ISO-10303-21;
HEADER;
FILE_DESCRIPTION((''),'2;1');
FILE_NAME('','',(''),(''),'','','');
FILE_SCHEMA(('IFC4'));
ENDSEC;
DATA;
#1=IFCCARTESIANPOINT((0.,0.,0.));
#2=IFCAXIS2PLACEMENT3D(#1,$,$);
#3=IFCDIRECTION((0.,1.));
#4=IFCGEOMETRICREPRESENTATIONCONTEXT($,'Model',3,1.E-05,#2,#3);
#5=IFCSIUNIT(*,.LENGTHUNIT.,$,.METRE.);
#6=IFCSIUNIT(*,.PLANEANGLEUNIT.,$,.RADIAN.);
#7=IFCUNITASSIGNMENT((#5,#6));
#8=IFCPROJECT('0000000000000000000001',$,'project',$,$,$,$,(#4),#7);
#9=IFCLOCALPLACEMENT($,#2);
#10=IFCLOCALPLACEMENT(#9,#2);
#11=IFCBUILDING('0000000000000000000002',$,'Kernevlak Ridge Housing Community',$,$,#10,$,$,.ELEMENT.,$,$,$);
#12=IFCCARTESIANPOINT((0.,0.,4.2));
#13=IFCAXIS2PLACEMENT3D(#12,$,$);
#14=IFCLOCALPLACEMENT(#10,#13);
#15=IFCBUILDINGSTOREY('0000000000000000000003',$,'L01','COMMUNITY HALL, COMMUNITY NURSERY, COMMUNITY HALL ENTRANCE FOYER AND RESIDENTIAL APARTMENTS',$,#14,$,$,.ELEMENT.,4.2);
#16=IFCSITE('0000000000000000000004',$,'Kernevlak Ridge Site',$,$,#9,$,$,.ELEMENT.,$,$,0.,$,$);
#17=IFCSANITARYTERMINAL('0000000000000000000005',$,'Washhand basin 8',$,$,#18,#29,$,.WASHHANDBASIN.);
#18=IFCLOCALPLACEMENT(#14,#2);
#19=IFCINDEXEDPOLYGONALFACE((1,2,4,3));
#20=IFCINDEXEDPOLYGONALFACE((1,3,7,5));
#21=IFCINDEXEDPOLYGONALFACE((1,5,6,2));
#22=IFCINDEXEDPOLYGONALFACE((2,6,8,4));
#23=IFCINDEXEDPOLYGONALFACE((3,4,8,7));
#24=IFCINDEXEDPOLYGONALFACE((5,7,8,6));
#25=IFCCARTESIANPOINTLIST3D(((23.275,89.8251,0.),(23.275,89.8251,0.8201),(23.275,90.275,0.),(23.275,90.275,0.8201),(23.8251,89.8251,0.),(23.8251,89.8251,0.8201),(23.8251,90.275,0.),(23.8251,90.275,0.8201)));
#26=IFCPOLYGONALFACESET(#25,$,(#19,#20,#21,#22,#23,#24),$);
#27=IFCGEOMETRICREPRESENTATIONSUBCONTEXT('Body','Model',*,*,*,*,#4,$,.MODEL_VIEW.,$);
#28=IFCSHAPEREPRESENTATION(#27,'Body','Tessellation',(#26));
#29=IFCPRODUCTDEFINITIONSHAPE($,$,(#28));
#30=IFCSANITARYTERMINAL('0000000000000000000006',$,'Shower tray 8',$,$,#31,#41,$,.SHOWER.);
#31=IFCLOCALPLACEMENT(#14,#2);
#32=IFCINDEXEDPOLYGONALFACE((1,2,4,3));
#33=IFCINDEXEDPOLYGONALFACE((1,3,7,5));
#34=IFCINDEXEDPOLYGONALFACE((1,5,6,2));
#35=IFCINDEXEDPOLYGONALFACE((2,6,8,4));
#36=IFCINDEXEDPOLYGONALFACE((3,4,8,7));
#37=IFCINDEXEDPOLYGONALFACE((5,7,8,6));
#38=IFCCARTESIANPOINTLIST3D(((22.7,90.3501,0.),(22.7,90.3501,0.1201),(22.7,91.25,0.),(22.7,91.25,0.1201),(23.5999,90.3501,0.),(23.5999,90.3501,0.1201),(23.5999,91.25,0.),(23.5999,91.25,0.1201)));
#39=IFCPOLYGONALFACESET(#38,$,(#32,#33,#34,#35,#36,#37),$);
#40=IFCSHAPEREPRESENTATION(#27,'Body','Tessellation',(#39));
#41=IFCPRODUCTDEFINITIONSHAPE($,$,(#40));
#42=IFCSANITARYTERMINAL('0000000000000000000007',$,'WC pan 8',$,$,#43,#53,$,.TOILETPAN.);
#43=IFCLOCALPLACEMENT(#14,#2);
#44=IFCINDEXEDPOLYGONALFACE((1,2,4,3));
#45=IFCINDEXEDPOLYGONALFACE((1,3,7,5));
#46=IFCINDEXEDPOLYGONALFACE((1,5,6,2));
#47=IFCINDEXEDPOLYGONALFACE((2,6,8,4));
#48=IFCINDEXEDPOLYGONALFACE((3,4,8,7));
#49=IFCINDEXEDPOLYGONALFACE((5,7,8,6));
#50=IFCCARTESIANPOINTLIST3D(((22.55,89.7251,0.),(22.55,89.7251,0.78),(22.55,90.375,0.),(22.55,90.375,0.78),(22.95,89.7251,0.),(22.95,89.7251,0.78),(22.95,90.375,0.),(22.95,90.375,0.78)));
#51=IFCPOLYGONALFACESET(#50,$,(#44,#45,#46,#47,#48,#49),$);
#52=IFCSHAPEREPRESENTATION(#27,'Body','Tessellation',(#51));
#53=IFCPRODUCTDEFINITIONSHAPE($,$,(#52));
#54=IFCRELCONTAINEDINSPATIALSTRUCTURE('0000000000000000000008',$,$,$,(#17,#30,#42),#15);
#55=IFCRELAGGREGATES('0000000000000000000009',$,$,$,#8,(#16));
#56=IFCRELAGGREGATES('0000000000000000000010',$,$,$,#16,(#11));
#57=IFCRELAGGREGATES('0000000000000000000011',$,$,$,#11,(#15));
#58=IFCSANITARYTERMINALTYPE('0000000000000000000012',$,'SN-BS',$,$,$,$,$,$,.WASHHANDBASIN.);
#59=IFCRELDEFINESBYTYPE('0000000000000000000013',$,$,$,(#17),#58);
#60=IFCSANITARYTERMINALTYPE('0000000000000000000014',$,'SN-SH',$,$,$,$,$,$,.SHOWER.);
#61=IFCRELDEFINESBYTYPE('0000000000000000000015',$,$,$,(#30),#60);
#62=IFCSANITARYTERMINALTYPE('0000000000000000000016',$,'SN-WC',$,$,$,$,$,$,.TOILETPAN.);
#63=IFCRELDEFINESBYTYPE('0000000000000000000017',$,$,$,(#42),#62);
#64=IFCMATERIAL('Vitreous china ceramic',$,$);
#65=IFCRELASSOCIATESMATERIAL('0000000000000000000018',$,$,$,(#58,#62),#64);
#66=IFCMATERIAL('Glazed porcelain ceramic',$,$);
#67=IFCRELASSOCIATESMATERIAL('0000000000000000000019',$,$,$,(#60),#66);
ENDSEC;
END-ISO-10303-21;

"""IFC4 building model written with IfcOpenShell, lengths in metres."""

from ifc_helpers import new_model, si_unit, direction, frame, origin, origin_2d, place, context, subcontext, project, spatial, rectangle, extrude, material, type_object, element, save


model = new_model("IFC4")

# Units and contexts
model_context = context("Model", 3, precision=1e-05, world=origin(), true_north=direction((0.0, 1.0)))
body_context = subcontext(model_context, "Body", "Model", "MODEL_VIEW")
ifc_project = project(units=[si_unit("LENGTHUNIT", "METRE"), si_unit("PLANEANGLEUNIT", "RADIAN")], contexts=[model_context])

# Site, building, storey
site_placement = place(None, origin())
site = spatial("IfcSite", under=ifc_project, at=site_placement, Name="Kernevlak Ridge Site", CompositionType="ELEMENT", RefElevation=0.0)
building_placement = place(site_placement, origin())
building = spatial("IfcBuilding", under=site, at=building_placement, Name="Kernevlak Ridge Housing Community", CompositionType="ELEMENT")
storey_placement = place(building_placement, frame((0.0, 0.0, 4.2)))
storey = spatial("IfcBuildingStorey", under=building, at=storey_placement, Name="L01", Description="COMMUNITY HALL, COMMUNITY NURSERY, COMMUNITY HALL ENTRANCE FOYER AND RESIDENTIAL APARTMENTS", CompositionType="ELEMENT", Elevation=4.2)

# Sanitary terminals
ifc_material_1 = material(Name="Vitreous china ceramic")
sanitary_terminal_type_1 = type_object("IfcSanitaryTerminalType", Name="SN-BS", PredefinedType="WASHHANDBASIN", material=ifc_material_1)
sanitary_terminal_1_placement = place(storey_placement, frame((23.55, 90.05, 0.0), z_axis=(0.0, 0.0, 1.0), x_axis=(1.0, 0.0, 0.0)))
element("IfcSanitaryTerminal", 1, at=sanitary_terminal_1_placement, inside=storey, type_object=sanitary_terminal_type_1, Name="Washhand basin 8", PredefinedType="WASHHANDBASIN", context=body_context, shape_type="SweptSolid", body=[
    extrude(rectangle(XDim=0.55, YDim=0.45, at=origin_2d()), origin(), (0.0, 0.0, 1.0), 0.8201),
])
ifc_material_2 = material(Name="Glazed porcelain ceramic")
sanitary_terminal_type_2 = type_object("IfcSanitaryTerminalType", Name="SN-SH", PredefinedType="SHOWER", material=ifc_material_2)
sanitary_terminal_2_placement = place(storey_placement, frame((23.1499, 90.8, 0.0), z_axis=(0.0, 0.0, 1.0), x_axis=(1.0, 0.0, 0.0)))
element("IfcSanitaryTerminal", 2, at=sanitary_terminal_2_placement, inside=storey, type_object=sanitary_terminal_type_2, Name="Shower tray 8", PredefinedType="SHOWER", context=body_context, shape_type="SweptSolid", body=[
    extrude(rectangle(XDim=0.8999, YDim=0.8999, at=origin_2d()), origin(), (0.0, 0.0, 1.0), 0.1201),
])
sanitary_terminal_type_3 = type_object("IfcSanitaryTerminalType", Name="SN-WC", PredefinedType="TOILETPAN", material=ifc_material_1)
sanitary_terminal_3_placement = place(storey_placement, frame((22.75, 90.05, 0.0), z_axis=(0.0, 0.0, 1.0), x_axis=(1.0, 0.0, 0.0)))
element("IfcSanitaryTerminal", 3, at=sanitary_terminal_3_placement, inside=storey, type_object=sanitary_terminal_type_3, Name="WC pan 8", PredefinedType="TOILETPAN", context=body_context, shape_type="SweptSolid", body=[
    extrude(rectangle(XDim=0.3999, YDim=0.6499, at=origin_2d()), origin(), (0.0, 0.0, 1.0), 0.78),
])

save(model, "model.ifc")
